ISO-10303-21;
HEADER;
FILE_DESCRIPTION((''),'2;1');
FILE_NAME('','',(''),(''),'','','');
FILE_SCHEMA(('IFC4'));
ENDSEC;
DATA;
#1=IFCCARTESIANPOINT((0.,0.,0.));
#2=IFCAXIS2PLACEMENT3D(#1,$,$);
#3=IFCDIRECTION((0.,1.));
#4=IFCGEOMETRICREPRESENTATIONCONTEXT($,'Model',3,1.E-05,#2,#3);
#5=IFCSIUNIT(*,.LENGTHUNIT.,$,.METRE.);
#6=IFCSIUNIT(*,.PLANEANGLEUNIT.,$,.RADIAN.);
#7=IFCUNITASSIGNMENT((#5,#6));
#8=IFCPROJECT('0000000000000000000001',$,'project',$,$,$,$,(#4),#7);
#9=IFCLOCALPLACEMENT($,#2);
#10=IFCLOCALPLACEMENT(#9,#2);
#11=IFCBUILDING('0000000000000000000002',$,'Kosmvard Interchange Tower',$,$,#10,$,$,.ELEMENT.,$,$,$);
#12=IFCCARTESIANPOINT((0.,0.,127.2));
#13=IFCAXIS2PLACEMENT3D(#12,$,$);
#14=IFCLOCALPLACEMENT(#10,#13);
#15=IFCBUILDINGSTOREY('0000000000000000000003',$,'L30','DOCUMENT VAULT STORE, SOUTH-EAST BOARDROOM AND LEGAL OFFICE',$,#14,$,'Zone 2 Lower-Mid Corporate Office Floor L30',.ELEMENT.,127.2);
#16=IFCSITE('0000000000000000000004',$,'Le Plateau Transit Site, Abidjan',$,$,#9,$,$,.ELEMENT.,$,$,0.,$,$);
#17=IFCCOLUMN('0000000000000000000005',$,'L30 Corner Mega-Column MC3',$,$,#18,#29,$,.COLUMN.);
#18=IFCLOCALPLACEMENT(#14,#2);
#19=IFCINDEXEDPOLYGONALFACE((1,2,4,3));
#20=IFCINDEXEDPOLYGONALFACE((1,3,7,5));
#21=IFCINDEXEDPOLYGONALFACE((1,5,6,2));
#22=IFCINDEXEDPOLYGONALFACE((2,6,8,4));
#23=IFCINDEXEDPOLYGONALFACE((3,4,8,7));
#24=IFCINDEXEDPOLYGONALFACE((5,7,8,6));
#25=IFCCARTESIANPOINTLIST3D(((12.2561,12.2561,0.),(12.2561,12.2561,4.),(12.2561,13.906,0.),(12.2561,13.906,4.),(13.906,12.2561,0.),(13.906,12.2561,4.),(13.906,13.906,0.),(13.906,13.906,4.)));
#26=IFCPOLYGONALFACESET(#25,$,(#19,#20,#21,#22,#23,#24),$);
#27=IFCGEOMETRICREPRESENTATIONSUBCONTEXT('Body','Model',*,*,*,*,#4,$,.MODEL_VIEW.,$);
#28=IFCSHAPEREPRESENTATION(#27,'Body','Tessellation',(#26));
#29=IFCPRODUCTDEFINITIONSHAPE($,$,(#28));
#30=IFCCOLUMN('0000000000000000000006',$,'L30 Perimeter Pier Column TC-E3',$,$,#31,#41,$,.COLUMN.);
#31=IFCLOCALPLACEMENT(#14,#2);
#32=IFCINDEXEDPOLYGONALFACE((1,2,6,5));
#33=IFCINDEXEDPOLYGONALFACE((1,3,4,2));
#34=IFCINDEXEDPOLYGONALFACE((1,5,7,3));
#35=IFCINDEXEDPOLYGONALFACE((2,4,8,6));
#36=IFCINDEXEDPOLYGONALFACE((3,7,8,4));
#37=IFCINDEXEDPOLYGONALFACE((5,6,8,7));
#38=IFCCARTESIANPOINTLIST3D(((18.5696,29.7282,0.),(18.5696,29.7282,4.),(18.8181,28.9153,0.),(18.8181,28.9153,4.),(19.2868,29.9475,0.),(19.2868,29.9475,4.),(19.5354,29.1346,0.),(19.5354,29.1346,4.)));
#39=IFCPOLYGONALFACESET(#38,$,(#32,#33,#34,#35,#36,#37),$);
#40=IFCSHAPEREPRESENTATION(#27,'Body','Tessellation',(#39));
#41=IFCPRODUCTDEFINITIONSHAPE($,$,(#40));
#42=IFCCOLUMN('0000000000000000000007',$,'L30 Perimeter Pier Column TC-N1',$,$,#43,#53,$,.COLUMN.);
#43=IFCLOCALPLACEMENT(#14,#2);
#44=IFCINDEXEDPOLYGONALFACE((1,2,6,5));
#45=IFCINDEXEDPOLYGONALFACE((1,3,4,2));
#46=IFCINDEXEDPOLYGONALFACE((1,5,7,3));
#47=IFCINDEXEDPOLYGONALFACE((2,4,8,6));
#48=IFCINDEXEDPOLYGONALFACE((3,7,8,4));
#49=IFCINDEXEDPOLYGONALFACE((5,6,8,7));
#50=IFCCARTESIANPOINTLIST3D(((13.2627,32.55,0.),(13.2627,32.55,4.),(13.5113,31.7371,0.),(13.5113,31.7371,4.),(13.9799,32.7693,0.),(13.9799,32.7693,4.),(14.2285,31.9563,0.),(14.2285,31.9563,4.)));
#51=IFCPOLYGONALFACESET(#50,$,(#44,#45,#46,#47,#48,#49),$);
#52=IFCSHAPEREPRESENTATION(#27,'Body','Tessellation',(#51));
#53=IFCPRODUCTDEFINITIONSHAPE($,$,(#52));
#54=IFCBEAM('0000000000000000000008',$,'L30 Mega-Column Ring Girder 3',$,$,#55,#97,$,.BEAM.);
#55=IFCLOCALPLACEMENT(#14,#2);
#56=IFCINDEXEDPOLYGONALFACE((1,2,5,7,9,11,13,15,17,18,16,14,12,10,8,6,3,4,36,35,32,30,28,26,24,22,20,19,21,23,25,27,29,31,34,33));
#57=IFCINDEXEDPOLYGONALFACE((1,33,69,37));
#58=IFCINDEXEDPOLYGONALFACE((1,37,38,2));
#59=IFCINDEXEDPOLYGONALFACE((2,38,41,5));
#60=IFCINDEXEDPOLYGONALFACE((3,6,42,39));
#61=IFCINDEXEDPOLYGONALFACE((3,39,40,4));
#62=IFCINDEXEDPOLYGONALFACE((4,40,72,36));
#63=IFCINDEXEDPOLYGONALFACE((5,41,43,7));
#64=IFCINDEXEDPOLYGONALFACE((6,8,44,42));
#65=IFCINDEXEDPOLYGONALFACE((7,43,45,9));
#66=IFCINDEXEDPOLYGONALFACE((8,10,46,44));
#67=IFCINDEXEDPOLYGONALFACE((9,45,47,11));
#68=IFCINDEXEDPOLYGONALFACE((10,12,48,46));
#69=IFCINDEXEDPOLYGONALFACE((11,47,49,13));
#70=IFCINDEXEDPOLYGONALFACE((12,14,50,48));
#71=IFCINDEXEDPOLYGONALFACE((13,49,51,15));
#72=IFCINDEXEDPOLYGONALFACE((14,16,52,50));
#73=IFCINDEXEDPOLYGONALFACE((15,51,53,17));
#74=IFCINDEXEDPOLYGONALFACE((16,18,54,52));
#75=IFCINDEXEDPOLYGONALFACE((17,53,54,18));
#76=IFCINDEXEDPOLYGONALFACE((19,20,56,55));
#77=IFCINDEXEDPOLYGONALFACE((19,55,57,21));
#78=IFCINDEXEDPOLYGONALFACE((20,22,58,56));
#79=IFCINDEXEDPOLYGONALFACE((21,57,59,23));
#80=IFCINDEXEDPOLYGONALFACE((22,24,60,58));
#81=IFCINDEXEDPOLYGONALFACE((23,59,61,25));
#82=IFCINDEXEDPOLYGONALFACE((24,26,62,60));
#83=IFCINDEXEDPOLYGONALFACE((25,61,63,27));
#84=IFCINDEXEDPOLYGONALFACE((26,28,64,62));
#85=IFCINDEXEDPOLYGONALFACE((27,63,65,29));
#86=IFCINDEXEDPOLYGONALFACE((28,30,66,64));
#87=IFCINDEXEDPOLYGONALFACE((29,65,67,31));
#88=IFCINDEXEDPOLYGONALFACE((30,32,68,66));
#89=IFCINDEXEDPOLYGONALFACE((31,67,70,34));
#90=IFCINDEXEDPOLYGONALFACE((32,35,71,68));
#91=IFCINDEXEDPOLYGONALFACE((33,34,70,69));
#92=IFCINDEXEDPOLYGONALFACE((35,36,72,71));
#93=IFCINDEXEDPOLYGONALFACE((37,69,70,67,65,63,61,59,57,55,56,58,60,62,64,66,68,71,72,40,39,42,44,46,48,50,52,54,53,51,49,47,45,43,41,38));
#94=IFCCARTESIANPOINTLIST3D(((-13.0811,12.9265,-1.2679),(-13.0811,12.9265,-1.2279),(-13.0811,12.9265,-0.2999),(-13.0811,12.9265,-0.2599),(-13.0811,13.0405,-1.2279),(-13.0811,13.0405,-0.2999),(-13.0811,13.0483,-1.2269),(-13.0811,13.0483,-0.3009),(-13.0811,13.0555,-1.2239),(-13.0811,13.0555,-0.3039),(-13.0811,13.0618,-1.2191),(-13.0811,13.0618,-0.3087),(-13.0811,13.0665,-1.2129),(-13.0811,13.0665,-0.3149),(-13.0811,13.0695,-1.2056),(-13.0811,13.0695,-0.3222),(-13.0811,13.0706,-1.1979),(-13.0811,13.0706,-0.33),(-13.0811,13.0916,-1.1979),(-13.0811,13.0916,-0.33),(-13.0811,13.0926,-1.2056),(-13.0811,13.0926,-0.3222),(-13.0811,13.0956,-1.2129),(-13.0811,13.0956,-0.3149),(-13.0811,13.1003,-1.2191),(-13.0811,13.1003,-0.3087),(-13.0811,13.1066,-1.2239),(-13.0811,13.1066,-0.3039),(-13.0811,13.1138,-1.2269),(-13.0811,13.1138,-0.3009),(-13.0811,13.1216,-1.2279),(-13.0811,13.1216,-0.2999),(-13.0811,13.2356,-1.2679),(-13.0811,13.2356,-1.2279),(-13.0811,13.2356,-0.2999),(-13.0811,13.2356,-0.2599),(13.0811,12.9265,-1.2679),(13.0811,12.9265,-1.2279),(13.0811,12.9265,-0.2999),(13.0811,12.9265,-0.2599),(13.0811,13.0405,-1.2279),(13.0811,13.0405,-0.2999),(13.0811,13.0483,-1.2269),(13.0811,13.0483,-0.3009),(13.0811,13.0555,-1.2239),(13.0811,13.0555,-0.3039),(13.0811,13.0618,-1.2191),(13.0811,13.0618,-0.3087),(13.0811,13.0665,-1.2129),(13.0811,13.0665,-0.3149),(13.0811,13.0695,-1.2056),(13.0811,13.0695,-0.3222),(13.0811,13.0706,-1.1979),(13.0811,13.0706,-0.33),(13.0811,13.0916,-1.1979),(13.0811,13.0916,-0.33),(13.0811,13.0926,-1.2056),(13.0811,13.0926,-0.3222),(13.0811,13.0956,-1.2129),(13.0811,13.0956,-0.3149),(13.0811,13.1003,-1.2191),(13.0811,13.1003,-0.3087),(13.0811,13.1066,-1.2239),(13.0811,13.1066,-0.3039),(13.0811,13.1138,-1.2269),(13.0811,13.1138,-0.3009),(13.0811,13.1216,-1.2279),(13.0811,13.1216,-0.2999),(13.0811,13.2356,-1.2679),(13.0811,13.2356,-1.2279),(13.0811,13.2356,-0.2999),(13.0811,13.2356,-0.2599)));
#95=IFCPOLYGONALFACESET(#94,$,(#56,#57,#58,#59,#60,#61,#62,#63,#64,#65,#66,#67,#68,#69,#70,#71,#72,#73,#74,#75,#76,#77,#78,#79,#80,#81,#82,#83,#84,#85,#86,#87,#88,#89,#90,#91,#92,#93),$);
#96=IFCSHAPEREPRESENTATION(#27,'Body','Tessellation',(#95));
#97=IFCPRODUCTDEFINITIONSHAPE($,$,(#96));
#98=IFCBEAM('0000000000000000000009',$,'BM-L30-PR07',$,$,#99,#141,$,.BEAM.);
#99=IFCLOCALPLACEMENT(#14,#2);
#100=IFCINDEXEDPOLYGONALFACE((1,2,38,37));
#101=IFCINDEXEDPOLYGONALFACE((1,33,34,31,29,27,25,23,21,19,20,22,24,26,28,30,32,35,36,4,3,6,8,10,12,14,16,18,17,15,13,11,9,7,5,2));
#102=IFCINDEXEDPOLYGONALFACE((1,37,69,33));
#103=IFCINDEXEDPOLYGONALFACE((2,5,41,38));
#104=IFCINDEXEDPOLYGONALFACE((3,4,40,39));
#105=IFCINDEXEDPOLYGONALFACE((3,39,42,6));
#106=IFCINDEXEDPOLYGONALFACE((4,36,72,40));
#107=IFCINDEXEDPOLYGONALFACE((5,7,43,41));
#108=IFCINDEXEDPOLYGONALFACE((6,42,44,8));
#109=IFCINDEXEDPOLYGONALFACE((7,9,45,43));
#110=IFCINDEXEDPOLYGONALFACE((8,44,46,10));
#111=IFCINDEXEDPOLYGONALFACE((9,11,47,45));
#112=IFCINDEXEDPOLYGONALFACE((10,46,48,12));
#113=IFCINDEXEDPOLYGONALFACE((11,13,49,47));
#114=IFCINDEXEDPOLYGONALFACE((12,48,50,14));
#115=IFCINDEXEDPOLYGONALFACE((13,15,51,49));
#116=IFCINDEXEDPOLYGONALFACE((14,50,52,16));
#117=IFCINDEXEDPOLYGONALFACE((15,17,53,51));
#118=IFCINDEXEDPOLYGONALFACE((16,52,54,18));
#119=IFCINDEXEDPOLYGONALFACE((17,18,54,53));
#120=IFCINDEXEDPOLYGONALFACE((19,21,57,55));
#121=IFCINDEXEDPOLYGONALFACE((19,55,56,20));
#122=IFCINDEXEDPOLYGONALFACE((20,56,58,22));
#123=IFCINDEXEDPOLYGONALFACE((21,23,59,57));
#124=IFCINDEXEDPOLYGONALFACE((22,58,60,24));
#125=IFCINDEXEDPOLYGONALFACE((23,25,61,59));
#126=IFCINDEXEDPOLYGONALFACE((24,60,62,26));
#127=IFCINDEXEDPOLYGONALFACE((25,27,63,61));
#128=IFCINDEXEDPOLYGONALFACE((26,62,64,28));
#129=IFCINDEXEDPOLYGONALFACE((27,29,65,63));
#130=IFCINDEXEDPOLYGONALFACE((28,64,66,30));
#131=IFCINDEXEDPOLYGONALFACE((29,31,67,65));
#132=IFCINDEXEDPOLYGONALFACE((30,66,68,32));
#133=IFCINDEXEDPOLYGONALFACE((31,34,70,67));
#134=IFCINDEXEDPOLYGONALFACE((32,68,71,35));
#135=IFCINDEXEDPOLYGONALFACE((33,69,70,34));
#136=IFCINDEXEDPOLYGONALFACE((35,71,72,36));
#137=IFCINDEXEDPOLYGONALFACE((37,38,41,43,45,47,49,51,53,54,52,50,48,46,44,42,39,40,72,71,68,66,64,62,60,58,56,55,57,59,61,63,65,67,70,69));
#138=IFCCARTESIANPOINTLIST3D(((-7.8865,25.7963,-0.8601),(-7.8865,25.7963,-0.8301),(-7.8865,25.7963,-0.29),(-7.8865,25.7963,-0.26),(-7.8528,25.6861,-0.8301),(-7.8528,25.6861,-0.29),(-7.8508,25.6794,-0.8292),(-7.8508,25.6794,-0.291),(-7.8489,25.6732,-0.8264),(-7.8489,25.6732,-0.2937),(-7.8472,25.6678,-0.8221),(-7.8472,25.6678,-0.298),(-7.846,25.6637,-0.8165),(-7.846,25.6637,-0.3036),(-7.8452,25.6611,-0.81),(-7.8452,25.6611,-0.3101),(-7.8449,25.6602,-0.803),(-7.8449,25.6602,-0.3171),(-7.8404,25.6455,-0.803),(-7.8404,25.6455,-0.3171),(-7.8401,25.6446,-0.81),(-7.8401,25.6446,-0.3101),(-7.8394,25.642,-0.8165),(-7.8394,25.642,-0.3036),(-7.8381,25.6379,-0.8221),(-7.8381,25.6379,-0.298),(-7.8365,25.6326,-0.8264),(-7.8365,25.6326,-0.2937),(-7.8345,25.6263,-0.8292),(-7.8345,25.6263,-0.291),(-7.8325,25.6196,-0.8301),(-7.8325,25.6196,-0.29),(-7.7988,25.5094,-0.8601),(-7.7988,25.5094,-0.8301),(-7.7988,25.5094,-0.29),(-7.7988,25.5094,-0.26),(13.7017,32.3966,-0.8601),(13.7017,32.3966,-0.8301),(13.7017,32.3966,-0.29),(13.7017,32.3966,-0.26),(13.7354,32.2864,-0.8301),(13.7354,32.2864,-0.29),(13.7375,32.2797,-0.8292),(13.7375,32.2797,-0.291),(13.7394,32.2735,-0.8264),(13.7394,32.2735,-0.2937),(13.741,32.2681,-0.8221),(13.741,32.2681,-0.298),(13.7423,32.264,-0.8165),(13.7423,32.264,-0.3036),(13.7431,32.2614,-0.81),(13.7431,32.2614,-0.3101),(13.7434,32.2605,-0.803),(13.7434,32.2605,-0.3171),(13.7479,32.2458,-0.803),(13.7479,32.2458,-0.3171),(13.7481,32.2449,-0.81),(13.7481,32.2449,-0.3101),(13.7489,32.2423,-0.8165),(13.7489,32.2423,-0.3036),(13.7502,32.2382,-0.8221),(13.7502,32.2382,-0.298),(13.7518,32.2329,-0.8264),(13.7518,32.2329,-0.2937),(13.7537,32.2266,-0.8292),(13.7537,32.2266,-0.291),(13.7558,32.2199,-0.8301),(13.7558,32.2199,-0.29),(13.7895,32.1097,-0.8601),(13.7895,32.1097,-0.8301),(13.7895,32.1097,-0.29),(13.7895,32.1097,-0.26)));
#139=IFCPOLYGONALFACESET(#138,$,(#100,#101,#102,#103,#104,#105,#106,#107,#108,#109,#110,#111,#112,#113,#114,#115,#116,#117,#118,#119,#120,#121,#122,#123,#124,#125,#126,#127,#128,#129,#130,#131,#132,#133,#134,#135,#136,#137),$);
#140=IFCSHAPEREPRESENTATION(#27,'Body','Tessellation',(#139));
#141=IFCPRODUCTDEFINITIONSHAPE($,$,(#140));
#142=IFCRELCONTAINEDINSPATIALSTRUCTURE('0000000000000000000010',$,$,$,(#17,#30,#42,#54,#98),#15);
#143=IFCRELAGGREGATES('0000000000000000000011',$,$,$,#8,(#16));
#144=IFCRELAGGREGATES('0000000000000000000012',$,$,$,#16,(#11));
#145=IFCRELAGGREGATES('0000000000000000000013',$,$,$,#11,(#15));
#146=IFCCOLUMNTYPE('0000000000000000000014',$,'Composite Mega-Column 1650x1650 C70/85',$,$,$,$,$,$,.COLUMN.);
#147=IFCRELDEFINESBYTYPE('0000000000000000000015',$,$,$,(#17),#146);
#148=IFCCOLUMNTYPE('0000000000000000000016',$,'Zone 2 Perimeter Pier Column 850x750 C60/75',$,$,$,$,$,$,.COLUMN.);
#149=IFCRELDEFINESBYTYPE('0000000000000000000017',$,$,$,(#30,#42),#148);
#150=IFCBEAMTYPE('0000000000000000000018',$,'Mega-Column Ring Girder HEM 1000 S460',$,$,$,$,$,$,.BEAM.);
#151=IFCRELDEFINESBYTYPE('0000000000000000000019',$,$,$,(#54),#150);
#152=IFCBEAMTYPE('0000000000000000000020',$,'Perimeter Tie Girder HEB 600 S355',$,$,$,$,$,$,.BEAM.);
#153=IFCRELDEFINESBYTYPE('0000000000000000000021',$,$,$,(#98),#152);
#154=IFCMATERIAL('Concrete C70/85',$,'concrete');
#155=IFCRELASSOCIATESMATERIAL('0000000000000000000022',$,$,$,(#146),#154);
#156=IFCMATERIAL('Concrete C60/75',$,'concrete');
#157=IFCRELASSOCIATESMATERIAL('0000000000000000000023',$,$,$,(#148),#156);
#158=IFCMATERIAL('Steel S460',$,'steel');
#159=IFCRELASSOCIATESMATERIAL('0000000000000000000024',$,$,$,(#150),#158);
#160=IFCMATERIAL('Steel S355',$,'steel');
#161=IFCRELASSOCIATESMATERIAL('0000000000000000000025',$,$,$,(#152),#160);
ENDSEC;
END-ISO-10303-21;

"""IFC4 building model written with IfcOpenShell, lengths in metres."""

from ifc_helpers import new_model, si_unit, direction, frame, origin, origin_2d, place, context, subcontext, project, spatial, rectangle, i_section, extrude, source, transform, mapped, material, material_profile, profile_set, type_object, element, save


model = new_model("IFC4")

# Units and contexts
model_context = context("Model", 3, precision=1e-05, world=origin(), true_north=direction((0.0, 1.0)))
body_context = subcontext(model_context, "Body", "Model", "MODEL_VIEW")
ifc_project = project(units=[si_unit("LENGTHUNIT", "METRE"), si_unit("PLANEANGLEUNIT", "RADIAN")], contexts=[model_context])

# Site, building, storey
site_placement = place(None, origin())
site = spatial("IfcSite", under=ifc_project, at=site_placement, Name="Le Plateau Transit Site, Abidjan", CompositionType="ELEMENT", RefElevation=0.0)
building_placement = place(site_placement, origin())
building = spatial("IfcBuilding", under=site, at=building_placement, Name="Kosmvard Interchange Tower", CompositionType="ELEMENT")
storey_placement = place(building_placement, frame((0.0, 0.0, 127.2)))
storey = spatial("IfcBuildingStorey", under=building, at=storey_placement, Name="L30", Description="DOCUMENT VAULT STORE, SOUTH-EAST BOARDROOM AND LEGAL OFFICE", LongName="Zone 2 Lower-Mid Corporate Office Floor L30", CompositionType="ELEMENT", Elevation=127.2)

# Columns
ifc_material_1 = material(Name="Concrete C70/85", Category="concrete")
ifc_material_profile_1 = material_profile(ifc_material_1, rectangle(XDim=1.6499, YDim=1.6499, at=origin_2d()), Name="MC 1650x1650")
ifc_profile_set_1 = profile_set([ifc_material_profile_1], Name="Concrete C70/85")
column_type_1 = type_object("IfcColumnType", Name="Composite Mega-Column 1650x1650 C70/85", PredefinedType="COLUMN", material=ifc_profile_set_1)
shared_shape_1 = source(origin(), body_context, "Body", "SweptSolid", [
    extrude(rectangle(XDim=1.6499, YDim=1.6499, at=origin_2d()), origin(), (0.0, 0.0, 1.0), 4.0),
])
column_placement = place(storey_placement, frame((13.0811, 13.0811, 0.0), z_axis=(0.0, 0.0, 1.0), x_axis=(1.0, 0.0, 0.0)))
element("IfcColumn", 1, at=column_placement, inside=storey, type_object=column_type_1, Name="L30 Corner Mega-Column MC3", PredefinedType="COLUMN", context=body_context, shape_type="MappedRepresentation", body=[
    mapped(shared_shape_1, transform((0.0, 0.0, 0.0), scale=1.0)),
])
ifc_material_2 = material(Name="Concrete C60/75", Category="concrete")
ifc_material_profile_2 = material_profile(ifc_material_2, rectangle(XDim=0.75, YDim=0.8501, at=origin_2d()), Name="TC 850x750")
ifc_profile_set_2 = profile_set([ifc_material_profile_2], Name="Concrete C60/75")
column_type_2 = type_object("IfcColumnType", Name="Zone 2 Perimeter Pier Column 850x750 C60/75", PredefinedType="COLUMN", material=ifc_profile_set_2)
shared_shape_2 = source(origin(), body_context, "Body", "SweptSolid", [
    extrude(rectangle(XDim=0.75, YDim=0.8501, at=origin_2d()), origin(), (0.0, 0.0, 1.0), 4.0),
])
for number, where, z_axis, x_axis, name in (
    (2, (19.0525, 29.4314, 0.0), (0.0, 0.0, 1.0), (0.956305, 0.292372, 0.0), "L30 Perimeter Pier Column TC-E3"),
    (3, (13.7456, 32.2532, 0.0), (0.0, 0.0, 1.0), (0.956305, 0.292372, 0.0), "L30 Perimeter Pier Column TC-N1"),
):
    element("IfcColumn", number, at=place(storey_placement, frame(where, z_axis=z_axis, x_axis=x_axis)), inside=storey, type_object=column_type_2, Name=name, PredefinedType="COLUMN", context=body_context, shape_type="MappedRepresentation", body=[
        mapped(shared_shape_2, transform((0.0, 0.0, 0.0), scale=1.0)),
    ])

# Beams
ifc_material_3 = material(Name="Steel S460", Category="steel")
ifc_material_profile_3 = material_profile(ifc_material_3, i_section(OverallWidth=0.3091, OverallDepth=1.0081, WebThickness=0.021, FlangeThickness=0.04, FilletRadius=0.03, at=origin_2d()), Name="HEM 1000")
ifc_profile_set_3 = profile_set([ifc_material_profile_3], Name="Steel S460")
beam_type_1 = type_object("IfcBeamType", Name="Mega-Column Ring Girder HEM 1000 S460", PredefinedType="BEAM", material=ifc_profile_set_3)
shared_shape_3 = source(origin(), body_context, "Body", "SweptSolid", [
    extrude(i_section(OverallWidth=0.3091, OverallDepth=1.0081, WebThickness=0.021, FlangeThickness=0.04, FilletRadius=0.03, at=origin_2d()), origin(), (0.0, 0.0, 1.0), 26.1621),
])
beam_1_placement = place(storey_placement, frame((13.0811, 13.0811, -0.7639), z_axis=(-1.0, 0.0, 0.0), x_axis=(0.0, -1.0, 0.0)))
element("IfcBeam", 4, at=beam_1_placement, inside=storey, type_object=beam_type_1, Name="L30 Mega-Column Ring Girder 3", PredefinedType="BEAM", context=body_context, shape_type="MappedRepresentation", body=[
    mapped(shared_shape_3, transform((0.0, 0.0, 0.0), scale=1.0)),
])
ifc_material_4 = material(Name="Steel S355", Category="steel")
ifc_material_profile_4 = material_profile(ifc_material_4, i_section(OverallWidth=0.3, OverallDepth=0.6001, WebThickness=0.0154, FlangeThickness=0.03, FilletRadius=0.0271, at=origin_2d()), Name="HEB 600")
ifc_profile_set_4 = profile_set([ifc_material_profile_4], Name="Steel S355")
beam_type_2 = type_object("IfcBeamType", Name="Perimeter Tie Girder HEB 600 S355", PredefinedType="BEAM", material=ifc_profile_set_4)
shared_shape_4 = source(origin(), body_context, "Body", "SweptSolid", [
    extrude(i_section(OverallWidth=0.3, OverallDepth=0.6001, WebThickness=0.0154, FlangeThickness=0.03, FilletRadius=0.0271, at=origin_2d()), origin(), (0.0, 0.0, 1.0), 22.5747),
])
beam_2_placement = place(storey_placement, frame((13.7456, 32.2532, -0.5601), z_axis=(-0.956303, -0.292376, 0.0), x_axis=(0.292376, -0.956303, 0.0)))
element("IfcBeam", 5, at=beam_2_placement, inside=storey, type_object=beam_type_2, Name="BM-L30-PR07", PredefinedType="BEAM", context=body_context, shape_type="MappedRepresentation", body=[
    mapped(shared_shape_4, transform((0.0, 0.0, 0.0), scale=1.0)),
])

save(model, "model.ifc")
